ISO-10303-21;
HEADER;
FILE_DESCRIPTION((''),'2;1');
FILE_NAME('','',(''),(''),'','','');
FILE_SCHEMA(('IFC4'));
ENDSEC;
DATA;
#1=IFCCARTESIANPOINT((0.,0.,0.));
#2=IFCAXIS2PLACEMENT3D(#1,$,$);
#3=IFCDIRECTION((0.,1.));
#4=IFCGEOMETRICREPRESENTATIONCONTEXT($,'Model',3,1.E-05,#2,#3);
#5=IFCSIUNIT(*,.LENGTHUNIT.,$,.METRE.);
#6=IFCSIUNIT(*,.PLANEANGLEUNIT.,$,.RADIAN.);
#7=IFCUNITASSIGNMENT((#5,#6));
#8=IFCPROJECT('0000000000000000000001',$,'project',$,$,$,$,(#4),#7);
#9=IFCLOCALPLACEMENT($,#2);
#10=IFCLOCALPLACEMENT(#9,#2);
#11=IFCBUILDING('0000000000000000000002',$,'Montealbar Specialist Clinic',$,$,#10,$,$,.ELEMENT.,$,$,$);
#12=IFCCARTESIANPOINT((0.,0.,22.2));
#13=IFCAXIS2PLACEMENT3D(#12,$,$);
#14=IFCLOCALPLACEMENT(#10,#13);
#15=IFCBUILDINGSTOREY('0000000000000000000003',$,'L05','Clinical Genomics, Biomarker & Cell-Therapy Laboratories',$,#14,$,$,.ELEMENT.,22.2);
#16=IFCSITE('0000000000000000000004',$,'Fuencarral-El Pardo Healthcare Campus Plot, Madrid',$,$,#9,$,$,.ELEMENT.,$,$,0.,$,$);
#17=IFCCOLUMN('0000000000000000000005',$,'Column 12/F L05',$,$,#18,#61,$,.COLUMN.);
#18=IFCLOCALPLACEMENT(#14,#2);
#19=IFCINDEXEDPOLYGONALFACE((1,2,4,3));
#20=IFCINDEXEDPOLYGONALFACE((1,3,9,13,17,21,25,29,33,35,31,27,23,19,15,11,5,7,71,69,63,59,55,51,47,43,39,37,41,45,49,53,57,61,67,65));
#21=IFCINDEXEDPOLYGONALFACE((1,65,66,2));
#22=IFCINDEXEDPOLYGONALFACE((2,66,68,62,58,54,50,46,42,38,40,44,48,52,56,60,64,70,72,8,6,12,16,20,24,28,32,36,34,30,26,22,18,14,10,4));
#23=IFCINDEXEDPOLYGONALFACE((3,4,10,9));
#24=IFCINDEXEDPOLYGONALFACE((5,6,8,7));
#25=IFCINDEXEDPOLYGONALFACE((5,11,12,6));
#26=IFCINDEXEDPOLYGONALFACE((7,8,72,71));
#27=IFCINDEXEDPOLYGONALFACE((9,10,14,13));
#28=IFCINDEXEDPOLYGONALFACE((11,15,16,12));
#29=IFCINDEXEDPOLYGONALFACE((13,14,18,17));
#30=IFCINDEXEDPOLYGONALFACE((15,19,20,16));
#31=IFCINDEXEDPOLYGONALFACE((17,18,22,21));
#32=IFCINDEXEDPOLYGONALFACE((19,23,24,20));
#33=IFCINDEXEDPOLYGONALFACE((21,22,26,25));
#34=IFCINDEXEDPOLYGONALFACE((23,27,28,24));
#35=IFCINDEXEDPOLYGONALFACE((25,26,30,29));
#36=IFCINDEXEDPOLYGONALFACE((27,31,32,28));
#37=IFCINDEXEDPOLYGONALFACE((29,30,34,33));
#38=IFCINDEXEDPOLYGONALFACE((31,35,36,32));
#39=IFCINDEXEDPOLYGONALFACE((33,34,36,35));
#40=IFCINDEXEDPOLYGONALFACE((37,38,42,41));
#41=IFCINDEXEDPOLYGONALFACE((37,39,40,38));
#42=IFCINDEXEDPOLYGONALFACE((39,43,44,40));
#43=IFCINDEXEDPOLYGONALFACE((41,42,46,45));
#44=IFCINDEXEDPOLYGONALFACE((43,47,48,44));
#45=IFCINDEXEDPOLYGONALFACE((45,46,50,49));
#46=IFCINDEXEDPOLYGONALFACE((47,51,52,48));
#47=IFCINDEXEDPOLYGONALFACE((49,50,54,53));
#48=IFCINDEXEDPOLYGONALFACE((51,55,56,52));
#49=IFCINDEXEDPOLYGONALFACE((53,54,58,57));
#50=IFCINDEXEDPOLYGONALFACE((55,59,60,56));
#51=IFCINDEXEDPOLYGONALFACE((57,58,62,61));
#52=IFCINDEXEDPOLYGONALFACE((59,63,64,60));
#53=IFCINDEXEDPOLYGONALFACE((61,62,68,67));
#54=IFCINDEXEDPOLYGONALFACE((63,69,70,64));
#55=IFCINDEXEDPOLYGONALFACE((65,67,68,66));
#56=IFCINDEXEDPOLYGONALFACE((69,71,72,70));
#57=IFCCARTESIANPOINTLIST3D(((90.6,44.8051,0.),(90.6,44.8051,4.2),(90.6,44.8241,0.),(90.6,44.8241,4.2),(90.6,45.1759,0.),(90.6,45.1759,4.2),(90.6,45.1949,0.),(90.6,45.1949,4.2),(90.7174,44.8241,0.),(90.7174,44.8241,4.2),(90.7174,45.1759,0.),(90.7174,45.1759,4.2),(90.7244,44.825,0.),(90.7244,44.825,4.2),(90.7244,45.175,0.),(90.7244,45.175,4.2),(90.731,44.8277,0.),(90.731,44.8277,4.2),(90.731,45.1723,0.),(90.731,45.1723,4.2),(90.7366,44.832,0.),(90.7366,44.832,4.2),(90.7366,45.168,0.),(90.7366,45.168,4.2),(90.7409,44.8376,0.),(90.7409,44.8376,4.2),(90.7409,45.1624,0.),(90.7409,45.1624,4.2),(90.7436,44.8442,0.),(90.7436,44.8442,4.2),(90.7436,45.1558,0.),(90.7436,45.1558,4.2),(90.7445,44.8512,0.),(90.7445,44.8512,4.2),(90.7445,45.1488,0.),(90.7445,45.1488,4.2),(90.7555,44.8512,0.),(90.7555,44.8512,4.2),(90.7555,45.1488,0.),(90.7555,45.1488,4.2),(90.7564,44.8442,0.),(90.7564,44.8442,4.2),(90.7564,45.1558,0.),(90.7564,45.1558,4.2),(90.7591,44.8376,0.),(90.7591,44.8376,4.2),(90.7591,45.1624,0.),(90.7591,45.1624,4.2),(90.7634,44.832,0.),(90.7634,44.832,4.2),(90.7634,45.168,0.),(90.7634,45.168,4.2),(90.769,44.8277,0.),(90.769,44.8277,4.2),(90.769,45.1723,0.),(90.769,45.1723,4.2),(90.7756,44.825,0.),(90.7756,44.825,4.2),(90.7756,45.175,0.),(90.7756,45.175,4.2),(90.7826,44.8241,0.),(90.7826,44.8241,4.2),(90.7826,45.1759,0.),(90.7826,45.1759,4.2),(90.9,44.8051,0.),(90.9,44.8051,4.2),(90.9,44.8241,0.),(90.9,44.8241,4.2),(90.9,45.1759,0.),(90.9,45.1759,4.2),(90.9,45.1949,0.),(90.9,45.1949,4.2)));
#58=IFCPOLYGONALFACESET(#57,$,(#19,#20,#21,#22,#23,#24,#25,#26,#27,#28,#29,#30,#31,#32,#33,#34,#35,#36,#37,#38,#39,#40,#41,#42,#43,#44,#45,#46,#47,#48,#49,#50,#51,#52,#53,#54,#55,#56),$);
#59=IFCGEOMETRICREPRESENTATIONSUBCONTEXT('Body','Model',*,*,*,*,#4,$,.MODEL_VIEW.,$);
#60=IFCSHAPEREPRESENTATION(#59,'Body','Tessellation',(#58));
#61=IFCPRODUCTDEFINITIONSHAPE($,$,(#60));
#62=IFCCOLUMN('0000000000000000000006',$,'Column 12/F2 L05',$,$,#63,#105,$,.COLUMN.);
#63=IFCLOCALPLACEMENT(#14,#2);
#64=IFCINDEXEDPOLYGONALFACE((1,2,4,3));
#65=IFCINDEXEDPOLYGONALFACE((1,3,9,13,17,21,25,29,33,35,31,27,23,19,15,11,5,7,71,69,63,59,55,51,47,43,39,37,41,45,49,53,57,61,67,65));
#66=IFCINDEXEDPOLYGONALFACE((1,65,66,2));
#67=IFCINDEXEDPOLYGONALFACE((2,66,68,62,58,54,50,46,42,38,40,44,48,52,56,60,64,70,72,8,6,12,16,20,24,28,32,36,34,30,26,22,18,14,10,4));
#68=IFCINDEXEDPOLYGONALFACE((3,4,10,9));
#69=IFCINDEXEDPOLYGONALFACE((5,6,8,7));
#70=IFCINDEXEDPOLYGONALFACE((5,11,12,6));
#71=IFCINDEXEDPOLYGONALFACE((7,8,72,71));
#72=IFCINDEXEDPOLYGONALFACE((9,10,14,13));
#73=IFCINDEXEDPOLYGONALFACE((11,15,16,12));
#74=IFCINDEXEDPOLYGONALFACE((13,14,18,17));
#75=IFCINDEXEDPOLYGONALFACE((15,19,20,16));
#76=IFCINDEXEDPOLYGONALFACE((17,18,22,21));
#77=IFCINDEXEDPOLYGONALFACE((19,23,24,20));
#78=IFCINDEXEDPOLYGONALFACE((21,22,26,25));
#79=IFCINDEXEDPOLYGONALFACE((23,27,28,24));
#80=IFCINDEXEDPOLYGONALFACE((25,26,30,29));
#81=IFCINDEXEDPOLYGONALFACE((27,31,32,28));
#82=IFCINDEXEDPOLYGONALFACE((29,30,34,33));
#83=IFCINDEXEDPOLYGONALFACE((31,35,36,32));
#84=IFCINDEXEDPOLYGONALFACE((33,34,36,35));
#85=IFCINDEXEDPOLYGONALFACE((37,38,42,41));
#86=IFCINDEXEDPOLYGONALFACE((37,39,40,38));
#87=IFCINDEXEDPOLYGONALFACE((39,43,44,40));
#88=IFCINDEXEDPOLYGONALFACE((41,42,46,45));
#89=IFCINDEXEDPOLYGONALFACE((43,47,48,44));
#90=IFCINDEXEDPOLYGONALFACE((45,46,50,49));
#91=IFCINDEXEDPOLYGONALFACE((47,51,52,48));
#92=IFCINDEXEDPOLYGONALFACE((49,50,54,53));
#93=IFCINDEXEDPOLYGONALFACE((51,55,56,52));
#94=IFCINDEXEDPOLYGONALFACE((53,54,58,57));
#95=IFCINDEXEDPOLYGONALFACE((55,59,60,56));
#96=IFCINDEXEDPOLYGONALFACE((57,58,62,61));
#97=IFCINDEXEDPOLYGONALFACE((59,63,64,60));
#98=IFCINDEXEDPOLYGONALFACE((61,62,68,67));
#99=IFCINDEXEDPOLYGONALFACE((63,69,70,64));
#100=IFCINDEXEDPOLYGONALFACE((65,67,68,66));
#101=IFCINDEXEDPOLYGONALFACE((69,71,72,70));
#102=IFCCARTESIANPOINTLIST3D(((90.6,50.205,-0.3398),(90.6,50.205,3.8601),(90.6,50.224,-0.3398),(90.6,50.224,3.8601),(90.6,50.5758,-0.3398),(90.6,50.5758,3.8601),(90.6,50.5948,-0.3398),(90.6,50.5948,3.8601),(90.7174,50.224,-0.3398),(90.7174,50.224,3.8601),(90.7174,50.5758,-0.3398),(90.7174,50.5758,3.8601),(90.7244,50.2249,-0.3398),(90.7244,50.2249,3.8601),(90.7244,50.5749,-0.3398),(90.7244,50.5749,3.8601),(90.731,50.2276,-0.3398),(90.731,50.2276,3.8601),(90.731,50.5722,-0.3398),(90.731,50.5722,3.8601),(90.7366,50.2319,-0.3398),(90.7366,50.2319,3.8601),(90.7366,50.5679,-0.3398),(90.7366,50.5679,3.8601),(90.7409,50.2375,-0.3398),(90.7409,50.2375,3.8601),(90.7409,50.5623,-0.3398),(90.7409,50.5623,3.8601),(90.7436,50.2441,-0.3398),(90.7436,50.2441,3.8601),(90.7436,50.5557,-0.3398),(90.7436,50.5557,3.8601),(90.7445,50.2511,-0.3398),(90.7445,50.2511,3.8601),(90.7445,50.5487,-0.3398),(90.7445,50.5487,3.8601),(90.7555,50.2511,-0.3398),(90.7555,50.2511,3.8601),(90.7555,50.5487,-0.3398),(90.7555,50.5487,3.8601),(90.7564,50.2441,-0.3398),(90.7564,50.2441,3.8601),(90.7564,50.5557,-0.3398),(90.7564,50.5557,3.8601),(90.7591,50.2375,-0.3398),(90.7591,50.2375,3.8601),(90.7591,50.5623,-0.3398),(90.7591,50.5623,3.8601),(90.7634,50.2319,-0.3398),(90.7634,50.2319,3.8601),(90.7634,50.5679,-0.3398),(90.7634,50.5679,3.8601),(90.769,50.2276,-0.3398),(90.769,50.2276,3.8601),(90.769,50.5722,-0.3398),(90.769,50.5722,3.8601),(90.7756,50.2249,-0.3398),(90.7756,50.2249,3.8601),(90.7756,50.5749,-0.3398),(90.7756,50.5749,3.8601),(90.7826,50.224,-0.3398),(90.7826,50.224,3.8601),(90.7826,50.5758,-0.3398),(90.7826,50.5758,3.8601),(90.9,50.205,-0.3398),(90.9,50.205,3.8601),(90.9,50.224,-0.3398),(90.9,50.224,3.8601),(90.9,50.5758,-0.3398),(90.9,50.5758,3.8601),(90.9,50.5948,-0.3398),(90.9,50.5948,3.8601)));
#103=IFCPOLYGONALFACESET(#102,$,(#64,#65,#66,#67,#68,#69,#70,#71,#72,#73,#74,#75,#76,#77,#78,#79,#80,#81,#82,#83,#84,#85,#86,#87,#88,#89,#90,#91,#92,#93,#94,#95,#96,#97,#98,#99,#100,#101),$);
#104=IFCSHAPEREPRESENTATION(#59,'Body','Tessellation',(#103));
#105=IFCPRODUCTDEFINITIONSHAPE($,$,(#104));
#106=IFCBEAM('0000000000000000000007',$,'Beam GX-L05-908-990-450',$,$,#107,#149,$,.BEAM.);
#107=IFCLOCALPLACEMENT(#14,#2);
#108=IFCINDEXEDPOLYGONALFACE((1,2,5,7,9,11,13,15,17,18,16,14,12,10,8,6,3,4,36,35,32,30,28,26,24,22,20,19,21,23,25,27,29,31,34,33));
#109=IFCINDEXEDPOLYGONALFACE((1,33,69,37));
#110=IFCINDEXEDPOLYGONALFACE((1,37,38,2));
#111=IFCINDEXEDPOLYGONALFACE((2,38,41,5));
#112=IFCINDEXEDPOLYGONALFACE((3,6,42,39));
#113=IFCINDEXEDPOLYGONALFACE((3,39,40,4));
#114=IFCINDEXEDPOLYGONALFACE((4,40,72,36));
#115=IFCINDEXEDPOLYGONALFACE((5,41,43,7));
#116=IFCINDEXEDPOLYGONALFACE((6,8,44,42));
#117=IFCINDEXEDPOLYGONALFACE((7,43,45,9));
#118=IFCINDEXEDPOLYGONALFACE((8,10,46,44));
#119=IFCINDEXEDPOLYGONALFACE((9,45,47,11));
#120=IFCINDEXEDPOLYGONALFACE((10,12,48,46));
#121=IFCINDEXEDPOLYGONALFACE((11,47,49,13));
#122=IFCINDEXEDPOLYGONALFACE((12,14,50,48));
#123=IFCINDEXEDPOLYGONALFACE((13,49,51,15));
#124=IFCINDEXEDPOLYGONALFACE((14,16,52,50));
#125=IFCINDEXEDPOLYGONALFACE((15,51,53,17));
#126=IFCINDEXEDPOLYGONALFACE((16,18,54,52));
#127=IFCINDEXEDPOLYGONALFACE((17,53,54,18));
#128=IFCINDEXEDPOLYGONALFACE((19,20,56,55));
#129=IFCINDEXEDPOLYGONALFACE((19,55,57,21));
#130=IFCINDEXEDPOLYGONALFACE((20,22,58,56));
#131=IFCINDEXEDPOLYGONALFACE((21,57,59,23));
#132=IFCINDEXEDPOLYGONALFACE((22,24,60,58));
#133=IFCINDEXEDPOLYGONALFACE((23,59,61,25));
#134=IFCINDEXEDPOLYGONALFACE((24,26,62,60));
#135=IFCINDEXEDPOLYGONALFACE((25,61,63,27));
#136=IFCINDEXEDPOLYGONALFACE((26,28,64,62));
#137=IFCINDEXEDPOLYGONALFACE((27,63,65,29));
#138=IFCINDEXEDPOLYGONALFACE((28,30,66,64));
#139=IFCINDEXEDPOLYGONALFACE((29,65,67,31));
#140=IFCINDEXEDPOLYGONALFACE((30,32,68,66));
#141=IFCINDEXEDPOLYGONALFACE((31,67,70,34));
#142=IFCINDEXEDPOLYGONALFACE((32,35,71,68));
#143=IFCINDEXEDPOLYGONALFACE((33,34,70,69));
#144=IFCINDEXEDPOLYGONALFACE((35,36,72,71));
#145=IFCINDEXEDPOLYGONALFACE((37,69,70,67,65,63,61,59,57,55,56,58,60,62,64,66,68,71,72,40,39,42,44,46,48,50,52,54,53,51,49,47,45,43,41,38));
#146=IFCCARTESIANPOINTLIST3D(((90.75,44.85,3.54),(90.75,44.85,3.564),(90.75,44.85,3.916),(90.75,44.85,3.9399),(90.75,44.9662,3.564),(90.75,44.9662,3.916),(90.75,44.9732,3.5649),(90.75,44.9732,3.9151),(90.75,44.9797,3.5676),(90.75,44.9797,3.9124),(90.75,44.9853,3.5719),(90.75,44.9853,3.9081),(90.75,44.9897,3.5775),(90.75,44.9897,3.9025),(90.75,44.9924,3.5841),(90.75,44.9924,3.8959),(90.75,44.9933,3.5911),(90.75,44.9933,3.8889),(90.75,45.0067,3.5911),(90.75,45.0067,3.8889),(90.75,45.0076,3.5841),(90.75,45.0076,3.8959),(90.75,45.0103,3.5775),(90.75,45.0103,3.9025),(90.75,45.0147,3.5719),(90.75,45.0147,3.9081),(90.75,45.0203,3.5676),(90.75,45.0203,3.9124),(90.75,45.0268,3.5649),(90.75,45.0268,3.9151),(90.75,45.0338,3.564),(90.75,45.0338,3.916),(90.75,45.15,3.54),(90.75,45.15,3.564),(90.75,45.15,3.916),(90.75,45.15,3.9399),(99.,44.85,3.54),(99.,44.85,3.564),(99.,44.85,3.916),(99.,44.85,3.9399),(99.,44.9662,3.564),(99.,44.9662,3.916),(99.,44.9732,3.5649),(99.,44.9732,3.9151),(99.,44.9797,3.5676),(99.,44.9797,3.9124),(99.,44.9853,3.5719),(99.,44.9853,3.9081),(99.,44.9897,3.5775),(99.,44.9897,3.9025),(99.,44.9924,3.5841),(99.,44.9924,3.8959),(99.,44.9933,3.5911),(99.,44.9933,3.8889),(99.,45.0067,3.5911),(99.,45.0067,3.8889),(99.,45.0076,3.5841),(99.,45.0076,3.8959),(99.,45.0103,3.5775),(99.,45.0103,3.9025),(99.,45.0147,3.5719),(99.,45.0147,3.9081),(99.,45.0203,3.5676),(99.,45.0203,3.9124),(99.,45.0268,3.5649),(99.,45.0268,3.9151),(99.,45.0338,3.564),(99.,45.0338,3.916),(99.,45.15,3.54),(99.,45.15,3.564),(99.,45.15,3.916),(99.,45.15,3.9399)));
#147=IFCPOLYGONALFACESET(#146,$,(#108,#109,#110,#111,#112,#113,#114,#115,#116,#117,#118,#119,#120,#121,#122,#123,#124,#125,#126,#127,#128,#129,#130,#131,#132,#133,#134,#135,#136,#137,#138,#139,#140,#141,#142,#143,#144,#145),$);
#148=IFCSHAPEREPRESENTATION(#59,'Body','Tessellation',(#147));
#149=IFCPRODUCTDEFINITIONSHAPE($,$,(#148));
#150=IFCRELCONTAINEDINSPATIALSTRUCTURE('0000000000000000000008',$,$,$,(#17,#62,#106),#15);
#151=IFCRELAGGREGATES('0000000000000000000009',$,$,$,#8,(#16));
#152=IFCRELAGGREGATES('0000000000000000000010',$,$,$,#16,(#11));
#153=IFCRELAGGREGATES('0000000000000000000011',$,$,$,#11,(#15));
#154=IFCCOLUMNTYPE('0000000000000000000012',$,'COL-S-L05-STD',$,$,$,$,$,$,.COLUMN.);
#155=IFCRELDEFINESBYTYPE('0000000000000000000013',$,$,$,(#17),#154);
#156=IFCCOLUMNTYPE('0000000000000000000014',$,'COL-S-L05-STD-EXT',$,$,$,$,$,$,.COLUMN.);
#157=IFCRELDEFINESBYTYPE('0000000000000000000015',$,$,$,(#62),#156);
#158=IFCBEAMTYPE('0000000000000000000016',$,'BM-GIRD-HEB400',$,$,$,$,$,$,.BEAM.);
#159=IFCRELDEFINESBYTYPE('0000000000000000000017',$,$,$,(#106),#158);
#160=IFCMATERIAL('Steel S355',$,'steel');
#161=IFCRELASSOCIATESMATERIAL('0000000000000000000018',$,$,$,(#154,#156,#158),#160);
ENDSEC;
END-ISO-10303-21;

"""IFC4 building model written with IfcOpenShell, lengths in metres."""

from ifc_helpers import new_model, si_unit, direction, frame, origin, origin_2d, place, context, subcontext, project, spatial, i_section, extrude, material, material_profile, profile_set, type_object, element, save


model = new_model("IFC4")

# Units and contexts
model_context = context("Model", 3, precision=1e-05, world=origin(), true_north=direction((0.0, 1.0)))
body_context = subcontext(model_context, "Body", "Model", "MODEL_VIEW")
ifc_project = project(units=[si_unit("LENGTHUNIT", "METRE"), si_unit("PLANEANGLEUNIT", "RADIAN")], contexts=[model_context])

# Site, building, storey
site_placement = place(None, origin())
site = spatial("IfcSite", under=ifc_project, at=site_placement, Name="Fuencarral-El Pardo Healthcare Campus Plot, Madrid", CompositionType="ELEMENT", RefElevation=0.0)
building_placement = place(site_placement, origin())
building = spatial("IfcBuilding", under=site, at=building_placement, Name="Montealbar Specialist Clinic", CompositionType="ELEMENT")
storey_placement = place(building_placement, frame((0.0, 0.0, 22.2)))
storey = spatial("IfcBuildingStorey", under=building, at=storey_placement, Name="L05", Description="Clinical Genomics, Biomarker & Cell-Therapy Laboratories", CompositionType="ELEMENT", Elevation=22.2)

# Columns
ifc_material_1 = material(Name="Steel S355", Category="steel")
ifc_material_profile_1 = material_profile(ifc_material_1, i_section(OverallWidth=0.3, OverallDepth=0.3899, WebThickness=0.011, FlangeThickness=0.019, FilletRadius=0.0271, at=origin_2d()), Name="HEA 400", Category="steel")
ifc_profile_set_1 = profile_set([ifc_material_profile_1], Name="Steel S355")
column_type_1 = type_object("IfcColumnType", Name="COL-S-L05-STD", PredefinedType="COLUMN", material=ifc_profile_set_1)
column_1_placement = place(storey_placement, frame((90.75, 45.0, 0.0), z_axis=(0.0, 0.0, 1.0), x_axis=(1.0, 0.0, 0.0)))
element("IfcColumn", 1, at=column_1_placement, inside=storey, type_object=column_type_1, Name="Column 12/F L05", PredefinedType="COLUMN", context=body_context, shape_type="SweptSolid", body=[
    extrude(i_section(OverallWidth=0.3, OverallDepth=0.3899, WebThickness=0.011, FlangeThickness=0.019, FilletRadius=0.0271, at=origin_2d()), origin(), (0.0, 0.0, 1.0), 4.2),
])
ifc_material_profile_2 = material_profile(ifc_material_1, i_section(OverallWidth=0.3, OverallDepth=0.3899, WebThickness=0.011, FlangeThickness=0.019, FilletRadius=0.0271, at=origin_2d()), Name="HEA 400", Category="steel")
ifc_profile_set_2 = profile_set([ifc_material_profile_2], Name="Steel S355")
column_type_2 = type_object("IfcColumnType", Name="COL-S-L05-STD-EXT", PredefinedType="COLUMN", material=ifc_profile_set_2)
column_2_placement = place(storey_placement, frame((90.75, 50.3999, -0.3398), z_axis=(0.0, 0.0, 1.0), x_axis=(1.0, 0.0, 0.0)))
element("IfcColumn", 2, at=column_2_placement, inside=storey, type_object=column_type_2, Name="Column 12/F2 L05", PredefinedType="COLUMN", context=body_context, shape_type="SweptSolid", body=[
    extrude(i_section(OverallWidth=0.3, OverallDepth=0.3899, WebThickness=0.011, FlangeThickness=0.019, FilletRadius=0.0271, at=origin_2d()), origin(), (0.0, 0.0, 1.0), 4.2),
])

# Beam
ifc_material_profile_3 = material_profile(ifc_material_1, i_section(OverallWidth=0.3, OverallDepth=0.3999, WebThickness=0.0134, FlangeThickness=0.0239, FilletRadius=0.0271, at=origin_2d()), Name="HEB 400", Category="steel")
ifc_profile_set_3 = profile_set([ifc_material_profile_3], Name="Steel S355")
beam_type_1 = type_object("IfcBeamType", Name="BM-GIRD-HEB400", PredefinedType="BEAM", material=ifc_profile_set_3)
beam_placement = place(storey_placement, frame((90.75, 45.0, 3.74), z_axis=(1.0, 0.0, 0.0), x_axis=(0.0, 1.0, 0.0)))
element("IfcBeam", 3, at=beam_placement, inside=storey, type_object=beam_type_1, Name="Beam GX-L05-908-990-450", PredefinedType="BEAM", context=body_context, shape_type="SweptSolid", body=[
    extrude(i_section(OverallWidth=0.3, OverallDepth=0.3999, WebThickness=0.0134, FlangeThickness=0.0239, FilletRadius=0.0271, at=origin_2d()), origin(), (0.0, 0.0, 1.0), 8.25),
])

save(model, "model.ifc")
